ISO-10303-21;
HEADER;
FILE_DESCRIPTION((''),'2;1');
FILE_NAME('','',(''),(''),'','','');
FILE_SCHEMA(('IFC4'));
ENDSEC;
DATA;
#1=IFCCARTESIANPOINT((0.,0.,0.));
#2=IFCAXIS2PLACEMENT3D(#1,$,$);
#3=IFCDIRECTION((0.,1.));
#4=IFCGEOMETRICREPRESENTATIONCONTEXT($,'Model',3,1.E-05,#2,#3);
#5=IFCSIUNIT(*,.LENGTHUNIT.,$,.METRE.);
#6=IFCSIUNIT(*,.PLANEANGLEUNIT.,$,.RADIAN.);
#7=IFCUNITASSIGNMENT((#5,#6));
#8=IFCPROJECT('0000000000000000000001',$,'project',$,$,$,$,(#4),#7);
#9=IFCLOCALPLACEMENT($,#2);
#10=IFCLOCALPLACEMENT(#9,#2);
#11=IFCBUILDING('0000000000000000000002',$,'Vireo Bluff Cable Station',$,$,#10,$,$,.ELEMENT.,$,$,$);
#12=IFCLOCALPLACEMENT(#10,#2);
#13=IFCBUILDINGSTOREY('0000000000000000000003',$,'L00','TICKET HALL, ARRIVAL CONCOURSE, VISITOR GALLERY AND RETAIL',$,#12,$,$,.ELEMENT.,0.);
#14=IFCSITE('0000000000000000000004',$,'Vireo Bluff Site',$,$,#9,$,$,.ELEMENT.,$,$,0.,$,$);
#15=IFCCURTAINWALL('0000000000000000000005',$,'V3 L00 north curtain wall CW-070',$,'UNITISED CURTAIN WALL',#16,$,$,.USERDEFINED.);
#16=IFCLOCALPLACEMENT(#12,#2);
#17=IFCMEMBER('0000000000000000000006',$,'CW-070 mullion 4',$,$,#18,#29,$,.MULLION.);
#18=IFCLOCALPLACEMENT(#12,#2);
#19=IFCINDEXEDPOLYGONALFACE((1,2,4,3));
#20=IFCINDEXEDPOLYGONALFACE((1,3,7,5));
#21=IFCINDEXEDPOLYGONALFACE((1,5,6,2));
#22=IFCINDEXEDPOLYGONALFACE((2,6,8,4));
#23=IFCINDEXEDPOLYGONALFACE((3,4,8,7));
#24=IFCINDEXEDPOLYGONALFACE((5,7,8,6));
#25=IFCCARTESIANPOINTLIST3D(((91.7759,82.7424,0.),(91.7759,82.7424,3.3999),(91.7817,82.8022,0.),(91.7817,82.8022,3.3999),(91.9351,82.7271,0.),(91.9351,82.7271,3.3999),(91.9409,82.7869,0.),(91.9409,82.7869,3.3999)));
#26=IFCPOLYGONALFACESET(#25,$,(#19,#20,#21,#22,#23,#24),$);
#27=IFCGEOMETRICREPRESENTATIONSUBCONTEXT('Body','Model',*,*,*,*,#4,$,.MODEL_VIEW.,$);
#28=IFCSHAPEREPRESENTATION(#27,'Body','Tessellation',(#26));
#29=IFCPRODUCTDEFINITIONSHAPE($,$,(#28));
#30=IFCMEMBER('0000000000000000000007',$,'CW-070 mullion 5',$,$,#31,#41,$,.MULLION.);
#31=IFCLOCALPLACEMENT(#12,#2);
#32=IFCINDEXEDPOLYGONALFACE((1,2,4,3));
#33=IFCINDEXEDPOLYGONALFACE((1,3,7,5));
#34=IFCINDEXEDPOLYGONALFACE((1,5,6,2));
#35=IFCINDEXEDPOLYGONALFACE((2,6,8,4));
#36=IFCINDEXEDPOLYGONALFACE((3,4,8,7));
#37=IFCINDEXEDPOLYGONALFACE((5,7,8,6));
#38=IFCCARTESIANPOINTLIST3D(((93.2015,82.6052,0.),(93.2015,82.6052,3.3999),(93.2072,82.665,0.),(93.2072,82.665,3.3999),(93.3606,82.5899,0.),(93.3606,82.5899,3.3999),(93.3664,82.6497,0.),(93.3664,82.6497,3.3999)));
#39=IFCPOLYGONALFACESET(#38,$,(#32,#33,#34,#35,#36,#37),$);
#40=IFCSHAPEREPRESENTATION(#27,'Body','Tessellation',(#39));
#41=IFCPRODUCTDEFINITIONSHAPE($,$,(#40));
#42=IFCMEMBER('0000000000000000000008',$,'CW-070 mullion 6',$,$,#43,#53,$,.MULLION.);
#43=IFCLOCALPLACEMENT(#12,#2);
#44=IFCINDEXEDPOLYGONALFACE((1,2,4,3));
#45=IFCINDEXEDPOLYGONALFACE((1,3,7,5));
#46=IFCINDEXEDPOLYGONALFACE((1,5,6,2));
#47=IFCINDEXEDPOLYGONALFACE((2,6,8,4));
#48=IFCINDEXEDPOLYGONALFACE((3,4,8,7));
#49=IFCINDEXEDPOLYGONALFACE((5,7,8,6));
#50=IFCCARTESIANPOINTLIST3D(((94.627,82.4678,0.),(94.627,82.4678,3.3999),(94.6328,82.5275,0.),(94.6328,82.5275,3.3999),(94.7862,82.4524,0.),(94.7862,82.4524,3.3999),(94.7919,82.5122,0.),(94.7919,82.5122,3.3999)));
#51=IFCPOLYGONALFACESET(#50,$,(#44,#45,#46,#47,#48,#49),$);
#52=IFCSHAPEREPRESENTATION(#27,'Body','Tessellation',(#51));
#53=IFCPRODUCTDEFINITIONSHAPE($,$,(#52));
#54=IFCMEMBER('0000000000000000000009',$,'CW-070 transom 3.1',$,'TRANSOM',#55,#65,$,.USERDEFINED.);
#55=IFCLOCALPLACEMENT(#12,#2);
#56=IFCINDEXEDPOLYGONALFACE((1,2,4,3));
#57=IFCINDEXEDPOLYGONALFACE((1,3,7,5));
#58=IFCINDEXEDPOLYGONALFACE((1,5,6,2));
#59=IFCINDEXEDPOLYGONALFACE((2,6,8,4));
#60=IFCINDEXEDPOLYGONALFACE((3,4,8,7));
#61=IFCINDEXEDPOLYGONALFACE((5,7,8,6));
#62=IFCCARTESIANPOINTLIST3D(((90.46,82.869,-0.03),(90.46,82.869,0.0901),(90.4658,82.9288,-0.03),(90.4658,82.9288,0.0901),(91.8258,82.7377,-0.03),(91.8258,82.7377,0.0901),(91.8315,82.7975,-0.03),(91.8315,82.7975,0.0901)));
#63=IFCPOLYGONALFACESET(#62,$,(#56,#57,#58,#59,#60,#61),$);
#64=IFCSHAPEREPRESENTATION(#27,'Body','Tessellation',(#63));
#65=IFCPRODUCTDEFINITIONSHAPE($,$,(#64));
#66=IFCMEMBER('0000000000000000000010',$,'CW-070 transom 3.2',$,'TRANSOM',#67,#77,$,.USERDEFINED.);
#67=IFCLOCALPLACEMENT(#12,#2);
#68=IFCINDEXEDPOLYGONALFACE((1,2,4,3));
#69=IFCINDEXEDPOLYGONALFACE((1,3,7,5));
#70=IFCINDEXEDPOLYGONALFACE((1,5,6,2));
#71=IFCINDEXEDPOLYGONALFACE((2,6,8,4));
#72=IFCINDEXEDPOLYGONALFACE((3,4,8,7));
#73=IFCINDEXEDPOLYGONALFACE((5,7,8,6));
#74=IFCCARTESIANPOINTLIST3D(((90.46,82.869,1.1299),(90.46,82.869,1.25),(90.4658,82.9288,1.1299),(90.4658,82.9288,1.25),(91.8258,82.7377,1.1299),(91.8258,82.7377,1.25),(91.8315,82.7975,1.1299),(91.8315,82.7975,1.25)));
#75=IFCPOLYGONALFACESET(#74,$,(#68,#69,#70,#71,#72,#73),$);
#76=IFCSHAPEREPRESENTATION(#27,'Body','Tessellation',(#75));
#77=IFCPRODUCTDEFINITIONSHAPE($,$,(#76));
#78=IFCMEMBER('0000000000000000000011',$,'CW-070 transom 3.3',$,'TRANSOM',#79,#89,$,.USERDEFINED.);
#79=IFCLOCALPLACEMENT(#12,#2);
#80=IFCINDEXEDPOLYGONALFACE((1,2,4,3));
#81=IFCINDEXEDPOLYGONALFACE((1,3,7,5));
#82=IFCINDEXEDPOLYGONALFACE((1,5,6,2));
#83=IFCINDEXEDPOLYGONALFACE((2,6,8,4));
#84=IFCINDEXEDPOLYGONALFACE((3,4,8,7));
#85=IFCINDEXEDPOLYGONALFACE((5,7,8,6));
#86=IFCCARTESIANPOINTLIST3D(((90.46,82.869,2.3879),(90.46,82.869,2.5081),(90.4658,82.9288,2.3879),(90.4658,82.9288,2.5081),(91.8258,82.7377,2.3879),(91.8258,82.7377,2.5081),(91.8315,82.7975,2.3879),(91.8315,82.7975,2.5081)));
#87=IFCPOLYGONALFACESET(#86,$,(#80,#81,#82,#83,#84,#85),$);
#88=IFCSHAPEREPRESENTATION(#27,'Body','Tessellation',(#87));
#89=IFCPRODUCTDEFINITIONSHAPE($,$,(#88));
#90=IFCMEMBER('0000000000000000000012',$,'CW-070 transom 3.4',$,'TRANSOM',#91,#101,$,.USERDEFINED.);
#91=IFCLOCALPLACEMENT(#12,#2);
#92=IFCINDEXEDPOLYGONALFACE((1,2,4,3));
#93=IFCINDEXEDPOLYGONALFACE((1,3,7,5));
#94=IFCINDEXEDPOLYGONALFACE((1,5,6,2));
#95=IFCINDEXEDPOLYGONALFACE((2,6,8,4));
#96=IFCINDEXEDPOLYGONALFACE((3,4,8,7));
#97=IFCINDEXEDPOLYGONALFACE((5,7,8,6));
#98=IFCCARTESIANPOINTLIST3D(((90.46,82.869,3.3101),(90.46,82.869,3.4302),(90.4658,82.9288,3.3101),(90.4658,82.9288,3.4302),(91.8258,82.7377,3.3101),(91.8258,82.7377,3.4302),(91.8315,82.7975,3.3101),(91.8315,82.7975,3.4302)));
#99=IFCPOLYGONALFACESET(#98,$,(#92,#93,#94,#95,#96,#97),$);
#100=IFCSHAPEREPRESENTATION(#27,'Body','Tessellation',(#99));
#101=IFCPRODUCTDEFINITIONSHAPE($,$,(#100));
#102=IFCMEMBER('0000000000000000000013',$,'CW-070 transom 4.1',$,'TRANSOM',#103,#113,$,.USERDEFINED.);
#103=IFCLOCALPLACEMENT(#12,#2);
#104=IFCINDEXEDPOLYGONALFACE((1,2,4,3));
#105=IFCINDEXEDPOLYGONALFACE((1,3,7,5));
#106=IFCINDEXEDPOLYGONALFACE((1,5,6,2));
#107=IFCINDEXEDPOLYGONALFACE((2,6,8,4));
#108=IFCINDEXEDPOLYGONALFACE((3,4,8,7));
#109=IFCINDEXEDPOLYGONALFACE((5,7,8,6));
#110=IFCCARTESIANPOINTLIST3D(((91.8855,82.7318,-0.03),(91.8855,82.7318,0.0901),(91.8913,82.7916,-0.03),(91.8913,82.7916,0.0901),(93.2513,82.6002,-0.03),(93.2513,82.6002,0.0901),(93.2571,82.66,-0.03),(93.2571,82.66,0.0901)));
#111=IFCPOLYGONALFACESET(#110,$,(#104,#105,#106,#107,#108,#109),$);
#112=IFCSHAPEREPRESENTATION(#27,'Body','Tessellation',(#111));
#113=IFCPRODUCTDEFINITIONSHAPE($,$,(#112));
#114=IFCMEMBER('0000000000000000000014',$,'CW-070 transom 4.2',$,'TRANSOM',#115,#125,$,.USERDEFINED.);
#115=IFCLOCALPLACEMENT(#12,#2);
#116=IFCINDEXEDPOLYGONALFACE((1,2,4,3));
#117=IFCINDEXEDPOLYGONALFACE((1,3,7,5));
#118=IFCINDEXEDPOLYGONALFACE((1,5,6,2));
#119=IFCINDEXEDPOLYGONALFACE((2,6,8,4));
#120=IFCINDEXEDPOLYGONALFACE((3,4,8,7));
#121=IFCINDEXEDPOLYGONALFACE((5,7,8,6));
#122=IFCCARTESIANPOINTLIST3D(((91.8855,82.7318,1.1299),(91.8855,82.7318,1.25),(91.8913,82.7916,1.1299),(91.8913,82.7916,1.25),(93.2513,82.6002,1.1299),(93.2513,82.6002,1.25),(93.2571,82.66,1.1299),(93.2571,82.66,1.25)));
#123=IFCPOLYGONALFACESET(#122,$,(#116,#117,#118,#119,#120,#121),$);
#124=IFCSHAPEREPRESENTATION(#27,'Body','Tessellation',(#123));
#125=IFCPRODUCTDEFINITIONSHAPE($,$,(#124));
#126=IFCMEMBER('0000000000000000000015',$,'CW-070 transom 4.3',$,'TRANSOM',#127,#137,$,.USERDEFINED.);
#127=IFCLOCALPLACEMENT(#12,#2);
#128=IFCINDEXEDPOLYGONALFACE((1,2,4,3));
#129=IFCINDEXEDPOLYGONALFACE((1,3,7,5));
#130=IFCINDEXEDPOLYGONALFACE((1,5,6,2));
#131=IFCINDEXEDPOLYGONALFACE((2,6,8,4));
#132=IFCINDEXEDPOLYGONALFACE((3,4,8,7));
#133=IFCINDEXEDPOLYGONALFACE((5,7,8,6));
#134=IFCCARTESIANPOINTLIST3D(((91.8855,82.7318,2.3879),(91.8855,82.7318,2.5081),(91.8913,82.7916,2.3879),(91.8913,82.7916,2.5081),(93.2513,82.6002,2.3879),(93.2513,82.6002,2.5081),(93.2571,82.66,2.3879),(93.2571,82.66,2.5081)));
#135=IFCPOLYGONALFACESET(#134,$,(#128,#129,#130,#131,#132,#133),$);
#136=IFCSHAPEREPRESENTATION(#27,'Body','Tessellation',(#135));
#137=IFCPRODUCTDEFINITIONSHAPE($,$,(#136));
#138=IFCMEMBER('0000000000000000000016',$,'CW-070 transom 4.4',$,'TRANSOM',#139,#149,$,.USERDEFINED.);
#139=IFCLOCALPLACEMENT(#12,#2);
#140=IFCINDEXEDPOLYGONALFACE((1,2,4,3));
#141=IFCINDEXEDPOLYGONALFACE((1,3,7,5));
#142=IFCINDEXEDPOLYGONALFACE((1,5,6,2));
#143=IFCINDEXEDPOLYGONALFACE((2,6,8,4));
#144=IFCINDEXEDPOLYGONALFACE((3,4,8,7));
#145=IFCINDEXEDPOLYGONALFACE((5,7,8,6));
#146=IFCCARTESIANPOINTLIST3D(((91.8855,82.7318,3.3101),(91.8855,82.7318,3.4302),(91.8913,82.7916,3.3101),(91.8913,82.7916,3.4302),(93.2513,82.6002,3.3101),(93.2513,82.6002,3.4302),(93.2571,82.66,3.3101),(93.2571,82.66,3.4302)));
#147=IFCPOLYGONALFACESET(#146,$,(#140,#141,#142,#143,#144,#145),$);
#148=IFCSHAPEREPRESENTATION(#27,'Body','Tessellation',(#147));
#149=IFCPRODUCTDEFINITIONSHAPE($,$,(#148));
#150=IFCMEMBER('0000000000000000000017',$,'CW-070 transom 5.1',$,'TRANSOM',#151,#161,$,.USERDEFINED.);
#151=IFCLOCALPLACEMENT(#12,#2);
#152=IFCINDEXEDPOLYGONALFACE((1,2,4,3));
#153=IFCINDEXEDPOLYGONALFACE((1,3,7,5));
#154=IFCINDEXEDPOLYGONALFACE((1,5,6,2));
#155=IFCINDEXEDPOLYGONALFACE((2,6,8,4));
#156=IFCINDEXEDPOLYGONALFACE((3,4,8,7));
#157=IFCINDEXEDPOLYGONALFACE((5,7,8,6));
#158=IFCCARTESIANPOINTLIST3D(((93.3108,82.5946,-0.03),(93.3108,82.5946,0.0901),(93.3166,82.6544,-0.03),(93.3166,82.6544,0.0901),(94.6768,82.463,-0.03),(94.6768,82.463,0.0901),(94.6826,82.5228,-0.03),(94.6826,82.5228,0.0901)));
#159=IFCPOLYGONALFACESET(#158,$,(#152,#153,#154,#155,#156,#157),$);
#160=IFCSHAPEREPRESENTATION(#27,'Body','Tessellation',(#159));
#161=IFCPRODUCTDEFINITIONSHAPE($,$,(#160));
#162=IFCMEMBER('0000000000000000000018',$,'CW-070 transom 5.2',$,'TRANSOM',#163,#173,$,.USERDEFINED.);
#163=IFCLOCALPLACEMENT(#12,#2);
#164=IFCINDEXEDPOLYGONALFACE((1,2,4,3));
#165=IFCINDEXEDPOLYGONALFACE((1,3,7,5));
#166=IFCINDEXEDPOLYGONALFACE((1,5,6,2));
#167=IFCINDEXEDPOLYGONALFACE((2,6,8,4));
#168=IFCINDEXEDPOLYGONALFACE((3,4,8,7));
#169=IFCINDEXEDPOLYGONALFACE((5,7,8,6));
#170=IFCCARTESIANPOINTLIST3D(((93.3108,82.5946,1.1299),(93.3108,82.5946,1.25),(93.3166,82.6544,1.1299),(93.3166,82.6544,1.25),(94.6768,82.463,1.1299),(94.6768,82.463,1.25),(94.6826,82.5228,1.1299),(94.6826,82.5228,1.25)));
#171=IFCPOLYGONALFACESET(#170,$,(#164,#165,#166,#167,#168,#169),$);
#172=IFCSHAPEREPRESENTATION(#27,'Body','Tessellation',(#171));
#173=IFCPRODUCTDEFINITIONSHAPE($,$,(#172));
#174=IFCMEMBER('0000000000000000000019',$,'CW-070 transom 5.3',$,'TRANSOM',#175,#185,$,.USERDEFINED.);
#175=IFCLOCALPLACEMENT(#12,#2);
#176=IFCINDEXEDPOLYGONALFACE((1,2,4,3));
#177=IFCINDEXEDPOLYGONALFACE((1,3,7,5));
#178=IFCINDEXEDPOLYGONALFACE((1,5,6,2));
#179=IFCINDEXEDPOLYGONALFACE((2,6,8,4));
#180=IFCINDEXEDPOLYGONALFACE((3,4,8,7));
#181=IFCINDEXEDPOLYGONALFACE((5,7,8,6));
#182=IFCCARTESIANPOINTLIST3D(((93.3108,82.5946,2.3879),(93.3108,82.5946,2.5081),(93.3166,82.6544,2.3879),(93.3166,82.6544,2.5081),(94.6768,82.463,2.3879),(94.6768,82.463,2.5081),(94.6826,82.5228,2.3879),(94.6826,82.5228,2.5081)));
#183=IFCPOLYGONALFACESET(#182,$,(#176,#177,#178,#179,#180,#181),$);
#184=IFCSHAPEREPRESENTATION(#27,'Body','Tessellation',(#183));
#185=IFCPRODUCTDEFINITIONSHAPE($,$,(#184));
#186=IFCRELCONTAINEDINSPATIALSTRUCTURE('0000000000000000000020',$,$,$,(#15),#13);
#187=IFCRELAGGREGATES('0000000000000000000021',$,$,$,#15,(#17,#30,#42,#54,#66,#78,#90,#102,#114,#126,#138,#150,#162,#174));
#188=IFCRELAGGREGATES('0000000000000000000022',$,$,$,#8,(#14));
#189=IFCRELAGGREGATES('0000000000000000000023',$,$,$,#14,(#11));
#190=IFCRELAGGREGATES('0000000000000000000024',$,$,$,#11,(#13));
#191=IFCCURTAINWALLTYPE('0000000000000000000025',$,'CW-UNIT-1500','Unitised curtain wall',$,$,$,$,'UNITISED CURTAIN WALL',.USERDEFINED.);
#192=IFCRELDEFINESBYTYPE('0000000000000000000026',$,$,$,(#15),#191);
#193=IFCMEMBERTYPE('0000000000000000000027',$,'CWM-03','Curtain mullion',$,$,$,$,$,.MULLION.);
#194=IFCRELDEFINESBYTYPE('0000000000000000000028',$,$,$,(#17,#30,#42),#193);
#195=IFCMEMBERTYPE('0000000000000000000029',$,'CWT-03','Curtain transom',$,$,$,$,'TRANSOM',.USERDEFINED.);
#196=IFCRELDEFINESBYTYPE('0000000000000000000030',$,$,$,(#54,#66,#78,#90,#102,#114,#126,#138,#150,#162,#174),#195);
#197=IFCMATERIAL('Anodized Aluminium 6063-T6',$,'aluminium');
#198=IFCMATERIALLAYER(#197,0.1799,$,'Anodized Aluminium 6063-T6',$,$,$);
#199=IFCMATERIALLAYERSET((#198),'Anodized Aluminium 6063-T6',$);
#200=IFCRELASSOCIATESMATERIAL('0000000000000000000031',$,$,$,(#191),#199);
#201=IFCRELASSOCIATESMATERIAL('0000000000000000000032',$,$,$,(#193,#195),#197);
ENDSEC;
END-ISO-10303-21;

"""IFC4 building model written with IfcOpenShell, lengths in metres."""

from ifc_helpers import new_model, si_unit, direction, frame, origin, origin_2d, place, context, subcontext, project, spatial, rectangle, extrude, material, layer, layer_set, material_profile, profile_set, type_object, element, aggregate, save


model = new_model("IFC4")

# Units and contexts
model_context = context("Model", 3, precision=1e-05, world=origin(), true_north=direction((0.0, 1.0)))
body_context = subcontext(model_context, "Body", "Model", "MODEL_VIEW")
ifc_project = project(units=[si_unit("LENGTHUNIT", "METRE"), si_unit("PLANEANGLEUNIT", "RADIAN")], contexts=[model_context])

# Site, building, storey
site_placement = place(None, origin())
site = spatial("IfcSite", under=ifc_project, at=site_placement, Name="Vireo Bluff Site", CompositionType="ELEMENT", RefElevation=0.0)
building_placement = place(site_placement, origin())
building = spatial("IfcBuilding", under=site, at=building_placement, Name="Vireo Bluff Cable Station", CompositionType="ELEMENT")
storey_placement = place(building_placement, origin())
storey = spatial("IfcBuildingStorey", under=building, at=storey_placement, Name="L00", Description="TICKET HALL, ARRIVAL CONCOURSE, VISITOR GALLERY AND RETAIL", CompositionType="ELEMENT", Elevation=0.0)

# Curtain wall, members
ifc_material_1 = material(Name="Anodized Aluminium 6063-T6", Category="aluminium")
ifc_layer_1 = layer(ifc_material_1, 0.1799, Name="Anodized Aluminium 6063-T6")
ifc_layer_set_1 = layer_set([ifc_layer_1], Name="Anodized Aluminium 6063-T6")
curtain_wall_type = type_object("IfcCurtainWallType", Name="CW-UNIT-1500", Description="Unitised curtain wall", ElementType="UNITISED CURTAIN WALL", PredefinedType="USERDEFINED", material=ifc_layer_set_1)
curtain_wall_placement = place(storey_placement, origin())
curtain_wall = element("IfcCurtainWall", 1, at=curtain_wall_placement, inside=storey, type_object=curtain_wall_type, Name="V3 L00 north curtain wall CW-070", ObjectType="UNITISED CURTAIN WALL", PredefinedType="USERDEFINED")
ifc_material_profile_1 = material_profile(ifc_material_1, rectangle(XDim=0.0601, YDim=0.1599, at=origin_2d()), Name="ALU-M-60X160")
ifc_profile_set_1 = profile_set([ifc_material_profile_1], Name="Anodized Aluminium 6063-T6")
member_type_1 = type_object("IfcMemberType", Name="CWM-03", Description="Curtain mullion", PredefinedType="MULLION", material=ifc_profile_set_1)
member_1_placement = place(storey_placement, frame((91.8584, 82.7646, 0.0), z_axis=(0.0, 0.0, 1.0), x_axis=(0.095846, 0.995396, 0.0)))
member_1 = element("IfcMember", 2, at=member_1_placement, type_object=member_type_1, Name="CW-070 mullion 4", PredefinedType="MULLION", context=body_context, shape_type="SweptSolid", body=[
    extrude(rectangle(XDim=0.0601, YDim=0.1599, at=origin_2d()), origin(), (0.0, 0.0, 1.0), 3.3999),
])
member_2_placement = place(storey_placement, frame((93.2839, 82.6274, 0.0), z_axis=(0.0, 0.0, 1.0), x_axis=(0.095846, 0.995396, 0.0)))
member_2 = element("IfcMember", 3, at=member_2_placement, type_object=member_type_1, Name="CW-070 mullion 5", PredefinedType="MULLION", context=body_context, shape_type="SweptSolid", body=[
    extrude(rectangle(XDim=0.0601, YDim=0.1599, at=origin_2d()), origin(), (0.0, 0.0, 1.0), 3.3999),
])
member_3_placement = place(storey_placement, frame((94.7095, 82.49, 0.0), z_axis=(0.0, 0.0, 1.0), x_axis=(0.095846, 0.995396, 0.0)))
member_3 = element("IfcMember", 4, at=member_3_placement, type_object=member_type_1, Name="CW-070 mullion 6", PredefinedType="MULLION", context=body_context, shape_type="SweptSolid", body=[
    extrude(rectangle(XDim=0.0601, YDim=0.1599, at=origin_2d()), origin(), (0.0, 0.0, 1.0), 3.3999),
])
ifc_material_profile_2 = material_profile(ifc_material_1, rectangle(XDim=0.0601, YDim=0.1201, at=origin_2d()), Name="ALU-T-60X120")
ifc_profile_set_2 = profile_set([ifc_material_profile_2], Name="Anodized Aluminium 6063-T6")
member_type_2 = type_object("IfcMemberType", Name="CWT-03", Description="Curtain transom", ElementType="TRANSOM", PredefinedType="USERDEFINED", material=ifc_profile_set_2)
member_4_placement = place(storey_placement, frame((90.4629, 82.8989, 0.03), z_axis=(0.995407, -0.095733, 0.0), x_axis=(0.095733, 0.995407, 0.0)))
member_4 = element("IfcMember", 5, at=member_4_placement, type_object=member_type_2, Name="CW-070 transom 3.1", ObjectType="TRANSOM", PredefinedType="USERDEFINED", context=body_context, shape_type="SweptSolid", body=[
    extrude(rectangle(XDim=0.0601, YDim=0.1201, at=origin_2d()), origin(), (0.0, 0.0, 1.0), 1.3721),
])
member_5_placement = place(storey_placement, frame((90.4629, 82.8989, 1.1899), z_axis=(0.995407, -0.095733, 0.0), x_axis=(0.095733, 0.995407, 0.0)))
member_5 = element("IfcMember", 6, at=member_5_placement, type_object=member_type_2, Name="CW-070 transom 3.2", ObjectType="TRANSOM", PredefinedType="USERDEFINED", context=body_context, shape_type="SweptSolid", body=[
    extrude(rectangle(XDim=0.0601, YDim=0.1201, at=origin_2d()), origin(), (0.0, 0.0, 1.0), 1.3721),
])
member_6_placement = place(storey_placement, frame((90.4629, 82.8989, 2.448), z_axis=(0.995407, -0.095733, 0.0), x_axis=(0.095733, 0.995407, 0.0)))
member_6 = element("IfcMember", 7, at=member_6_placement, type_object=member_type_2, Name="CW-070 transom 3.3", ObjectType="TRANSOM", PredefinedType="USERDEFINED", context=body_context, shape_type="SweptSolid", body=[
    extrude(rectangle(XDim=0.0601, YDim=0.1201, at=origin_2d()), origin(), (0.0, 0.0, 1.0), 1.3721),
])
member_7_placement = place(storey_placement, frame((90.4629, 82.8989, 3.3701), z_axis=(0.995407, -0.095733, 0.0), x_axis=(0.095733, 0.995407, 0.0)))
member_7 = element("IfcMember", 8, at=member_7_placement, type_object=member_type_2, Name="CW-070 transom 3.4", ObjectType="TRANSOM", PredefinedType="USERDEFINED", context=body_context, shape_type="SweptSolid", body=[
    extrude(rectangle(XDim=0.0601, YDim=0.1201, at=origin_2d()), origin(), (0.0, 0.0, 1.0), 1.3721),
])
member_8_placement = place(storey_placement, frame((91.8884, 82.7617, 0.03), z_axis=(0.99539, -0.095909, 0.0), x_axis=(0.095909, 0.99539, 0.0)))
member_8 = element("IfcMember", 9, at=member_8_placement, type_object=member_type_2, Name="CW-070 transom 4.1", ObjectType="TRANSOM", PredefinedType="USERDEFINED", context=body_context, shape_type="SweptSolid", body=[
    extrude(rectangle(XDim=0.0601, YDim=0.1201, at=origin_2d()), origin(), (0.0, 0.0, 1.0), 1.3721),
])
member_9_placement = place(storey_placement, frame((91.8884, 82.7617, 1.1899), z_axis=(0.99539, -0.095909, 0.0), x_axis=(0.095909, 0.99539, 0.0)))
member_9 = element("IfcMember", 10, at=member_9_placement, type_object=member_type_2, Name="CW-070 transom 4.2", ObjectType="TRANSOM", PredefinedType="USERDEFINED", context=body_context, shape_type="SweptSolid", body=[
    extrude(rectangle(XDim=0.0601, YDim=0.1201, at=origin_2d()), origin(), (0.0, 0.0, 1.0), 1.3721),
])
member_10_placement = place(storey_placement, frame((91.8884, 82.7617, 2.448), z_axis=(0.99539, -0.095909, 0.0), x_axis=(0.095909, 0.99539, 0.0)))
member_10 = element("IfcMember", 11, at=member_10_placement, type_object=member_type_2, Name="CW-070 transom 4.3", ObjectType="TRANSOM", PredefinedType="USERDEFINED", context=body_context, shape_type="SweptSolid", body=[
    extrude(rectangle(XDim=0.0601, YDim=0.1201, at=origin_2d()), origin(), (0.0, 0.0, 1.0), 1.3721),
])
member_11_placement = place(storey_placement, frame((91.8884, 82.7617, 3.3701), z_axis=(0.99539, -0.095909, 0.0), x_axis=(0.095909, 0.99539, 0.0)))
member_11 = element("IfcMember", 12, at=member_11_placement, type_object=member_type_2, Name="CW-070 transom 4.4", ObjectType="TRANSOM", PredefinedType="USERDEFINED", context=body_context, shape_type="SweptSolid", body=[
    extrude(rectangle(XDim=0.0601, YDim=0.1201, at=origin_2d()), origin(), (0.0, 0.0, 1.0), 1.3721),
])
member_12_placement = place(storey_placement, frame((93.3137, 82.6245, 0.03), z_axis=(0.995392, -0.095892, 0.0), x_axis=(0.095892, 0.995392, 0.0)))
member_12 = element("IfcMember", 13, at=member_12_placement, type_object=member_type_2, Name="CW-070 transom 5.1", ObjectType="TRANSOM", PredefinedType="USERDEFINED", context=body_context, shape_type="SweptSolid", body=[
    extrude(rectangle(XDim=0.0601, YDim=0.1201, at=origin_2d()), origin(), (0.0, 0.0, 1.0), 1.3723),
])
member_13_placement = place(storey_placement, frame((93.3137, 82.6245, 1.1899), z_axis=(0.995392, -0.095892, 0.0), x_axis=(0.095892, 0.995392, 0.0)))
member_13 = element("IfcMember", 14, at=member_13_placement, type_object=member_type_2, Name="CW-070 transom 5.2", ObjectType="TRANSOM", PredefinedType="USERDEFINED", context=body_context, shape_type="SweptSolid", body=[
    extrude(rectangle(XDim=0.0601, YDim=0.1201, at=origin_2d()), origin(), (0.0, 0.0, 1.0), 1.3723),
])
member_14_placement = place(storey_placement, frame((93.3137, 82.6245, 2.448), z_axis=(0.995392, -0.095892, 0.0), x_axis=(0.095892, 0.995392, 0.0)))
member_14 = element("IfcMember", 15, at=member_14_placement, type_object=member_type_2, Name="CW-070 transom 5.3", ObjectType="TRANSOM", PredefinedType="USERDEFINED", context=body_context, shape_type="SweptSolid", body=[
    extrude(rectangle(XDim=0.0601, YDim=0.1201, at=origin_2d()), origin(), (0.0, 0.0, 1.0), 1.3723),
])
aggregate(curtain_wall, [member_1, member_2, member_3, member_4, member_5, member_6, member_7, member_8, member_9, member_10, member_11, member_12, member_13, member_14])

save(model, "model.ifc")
